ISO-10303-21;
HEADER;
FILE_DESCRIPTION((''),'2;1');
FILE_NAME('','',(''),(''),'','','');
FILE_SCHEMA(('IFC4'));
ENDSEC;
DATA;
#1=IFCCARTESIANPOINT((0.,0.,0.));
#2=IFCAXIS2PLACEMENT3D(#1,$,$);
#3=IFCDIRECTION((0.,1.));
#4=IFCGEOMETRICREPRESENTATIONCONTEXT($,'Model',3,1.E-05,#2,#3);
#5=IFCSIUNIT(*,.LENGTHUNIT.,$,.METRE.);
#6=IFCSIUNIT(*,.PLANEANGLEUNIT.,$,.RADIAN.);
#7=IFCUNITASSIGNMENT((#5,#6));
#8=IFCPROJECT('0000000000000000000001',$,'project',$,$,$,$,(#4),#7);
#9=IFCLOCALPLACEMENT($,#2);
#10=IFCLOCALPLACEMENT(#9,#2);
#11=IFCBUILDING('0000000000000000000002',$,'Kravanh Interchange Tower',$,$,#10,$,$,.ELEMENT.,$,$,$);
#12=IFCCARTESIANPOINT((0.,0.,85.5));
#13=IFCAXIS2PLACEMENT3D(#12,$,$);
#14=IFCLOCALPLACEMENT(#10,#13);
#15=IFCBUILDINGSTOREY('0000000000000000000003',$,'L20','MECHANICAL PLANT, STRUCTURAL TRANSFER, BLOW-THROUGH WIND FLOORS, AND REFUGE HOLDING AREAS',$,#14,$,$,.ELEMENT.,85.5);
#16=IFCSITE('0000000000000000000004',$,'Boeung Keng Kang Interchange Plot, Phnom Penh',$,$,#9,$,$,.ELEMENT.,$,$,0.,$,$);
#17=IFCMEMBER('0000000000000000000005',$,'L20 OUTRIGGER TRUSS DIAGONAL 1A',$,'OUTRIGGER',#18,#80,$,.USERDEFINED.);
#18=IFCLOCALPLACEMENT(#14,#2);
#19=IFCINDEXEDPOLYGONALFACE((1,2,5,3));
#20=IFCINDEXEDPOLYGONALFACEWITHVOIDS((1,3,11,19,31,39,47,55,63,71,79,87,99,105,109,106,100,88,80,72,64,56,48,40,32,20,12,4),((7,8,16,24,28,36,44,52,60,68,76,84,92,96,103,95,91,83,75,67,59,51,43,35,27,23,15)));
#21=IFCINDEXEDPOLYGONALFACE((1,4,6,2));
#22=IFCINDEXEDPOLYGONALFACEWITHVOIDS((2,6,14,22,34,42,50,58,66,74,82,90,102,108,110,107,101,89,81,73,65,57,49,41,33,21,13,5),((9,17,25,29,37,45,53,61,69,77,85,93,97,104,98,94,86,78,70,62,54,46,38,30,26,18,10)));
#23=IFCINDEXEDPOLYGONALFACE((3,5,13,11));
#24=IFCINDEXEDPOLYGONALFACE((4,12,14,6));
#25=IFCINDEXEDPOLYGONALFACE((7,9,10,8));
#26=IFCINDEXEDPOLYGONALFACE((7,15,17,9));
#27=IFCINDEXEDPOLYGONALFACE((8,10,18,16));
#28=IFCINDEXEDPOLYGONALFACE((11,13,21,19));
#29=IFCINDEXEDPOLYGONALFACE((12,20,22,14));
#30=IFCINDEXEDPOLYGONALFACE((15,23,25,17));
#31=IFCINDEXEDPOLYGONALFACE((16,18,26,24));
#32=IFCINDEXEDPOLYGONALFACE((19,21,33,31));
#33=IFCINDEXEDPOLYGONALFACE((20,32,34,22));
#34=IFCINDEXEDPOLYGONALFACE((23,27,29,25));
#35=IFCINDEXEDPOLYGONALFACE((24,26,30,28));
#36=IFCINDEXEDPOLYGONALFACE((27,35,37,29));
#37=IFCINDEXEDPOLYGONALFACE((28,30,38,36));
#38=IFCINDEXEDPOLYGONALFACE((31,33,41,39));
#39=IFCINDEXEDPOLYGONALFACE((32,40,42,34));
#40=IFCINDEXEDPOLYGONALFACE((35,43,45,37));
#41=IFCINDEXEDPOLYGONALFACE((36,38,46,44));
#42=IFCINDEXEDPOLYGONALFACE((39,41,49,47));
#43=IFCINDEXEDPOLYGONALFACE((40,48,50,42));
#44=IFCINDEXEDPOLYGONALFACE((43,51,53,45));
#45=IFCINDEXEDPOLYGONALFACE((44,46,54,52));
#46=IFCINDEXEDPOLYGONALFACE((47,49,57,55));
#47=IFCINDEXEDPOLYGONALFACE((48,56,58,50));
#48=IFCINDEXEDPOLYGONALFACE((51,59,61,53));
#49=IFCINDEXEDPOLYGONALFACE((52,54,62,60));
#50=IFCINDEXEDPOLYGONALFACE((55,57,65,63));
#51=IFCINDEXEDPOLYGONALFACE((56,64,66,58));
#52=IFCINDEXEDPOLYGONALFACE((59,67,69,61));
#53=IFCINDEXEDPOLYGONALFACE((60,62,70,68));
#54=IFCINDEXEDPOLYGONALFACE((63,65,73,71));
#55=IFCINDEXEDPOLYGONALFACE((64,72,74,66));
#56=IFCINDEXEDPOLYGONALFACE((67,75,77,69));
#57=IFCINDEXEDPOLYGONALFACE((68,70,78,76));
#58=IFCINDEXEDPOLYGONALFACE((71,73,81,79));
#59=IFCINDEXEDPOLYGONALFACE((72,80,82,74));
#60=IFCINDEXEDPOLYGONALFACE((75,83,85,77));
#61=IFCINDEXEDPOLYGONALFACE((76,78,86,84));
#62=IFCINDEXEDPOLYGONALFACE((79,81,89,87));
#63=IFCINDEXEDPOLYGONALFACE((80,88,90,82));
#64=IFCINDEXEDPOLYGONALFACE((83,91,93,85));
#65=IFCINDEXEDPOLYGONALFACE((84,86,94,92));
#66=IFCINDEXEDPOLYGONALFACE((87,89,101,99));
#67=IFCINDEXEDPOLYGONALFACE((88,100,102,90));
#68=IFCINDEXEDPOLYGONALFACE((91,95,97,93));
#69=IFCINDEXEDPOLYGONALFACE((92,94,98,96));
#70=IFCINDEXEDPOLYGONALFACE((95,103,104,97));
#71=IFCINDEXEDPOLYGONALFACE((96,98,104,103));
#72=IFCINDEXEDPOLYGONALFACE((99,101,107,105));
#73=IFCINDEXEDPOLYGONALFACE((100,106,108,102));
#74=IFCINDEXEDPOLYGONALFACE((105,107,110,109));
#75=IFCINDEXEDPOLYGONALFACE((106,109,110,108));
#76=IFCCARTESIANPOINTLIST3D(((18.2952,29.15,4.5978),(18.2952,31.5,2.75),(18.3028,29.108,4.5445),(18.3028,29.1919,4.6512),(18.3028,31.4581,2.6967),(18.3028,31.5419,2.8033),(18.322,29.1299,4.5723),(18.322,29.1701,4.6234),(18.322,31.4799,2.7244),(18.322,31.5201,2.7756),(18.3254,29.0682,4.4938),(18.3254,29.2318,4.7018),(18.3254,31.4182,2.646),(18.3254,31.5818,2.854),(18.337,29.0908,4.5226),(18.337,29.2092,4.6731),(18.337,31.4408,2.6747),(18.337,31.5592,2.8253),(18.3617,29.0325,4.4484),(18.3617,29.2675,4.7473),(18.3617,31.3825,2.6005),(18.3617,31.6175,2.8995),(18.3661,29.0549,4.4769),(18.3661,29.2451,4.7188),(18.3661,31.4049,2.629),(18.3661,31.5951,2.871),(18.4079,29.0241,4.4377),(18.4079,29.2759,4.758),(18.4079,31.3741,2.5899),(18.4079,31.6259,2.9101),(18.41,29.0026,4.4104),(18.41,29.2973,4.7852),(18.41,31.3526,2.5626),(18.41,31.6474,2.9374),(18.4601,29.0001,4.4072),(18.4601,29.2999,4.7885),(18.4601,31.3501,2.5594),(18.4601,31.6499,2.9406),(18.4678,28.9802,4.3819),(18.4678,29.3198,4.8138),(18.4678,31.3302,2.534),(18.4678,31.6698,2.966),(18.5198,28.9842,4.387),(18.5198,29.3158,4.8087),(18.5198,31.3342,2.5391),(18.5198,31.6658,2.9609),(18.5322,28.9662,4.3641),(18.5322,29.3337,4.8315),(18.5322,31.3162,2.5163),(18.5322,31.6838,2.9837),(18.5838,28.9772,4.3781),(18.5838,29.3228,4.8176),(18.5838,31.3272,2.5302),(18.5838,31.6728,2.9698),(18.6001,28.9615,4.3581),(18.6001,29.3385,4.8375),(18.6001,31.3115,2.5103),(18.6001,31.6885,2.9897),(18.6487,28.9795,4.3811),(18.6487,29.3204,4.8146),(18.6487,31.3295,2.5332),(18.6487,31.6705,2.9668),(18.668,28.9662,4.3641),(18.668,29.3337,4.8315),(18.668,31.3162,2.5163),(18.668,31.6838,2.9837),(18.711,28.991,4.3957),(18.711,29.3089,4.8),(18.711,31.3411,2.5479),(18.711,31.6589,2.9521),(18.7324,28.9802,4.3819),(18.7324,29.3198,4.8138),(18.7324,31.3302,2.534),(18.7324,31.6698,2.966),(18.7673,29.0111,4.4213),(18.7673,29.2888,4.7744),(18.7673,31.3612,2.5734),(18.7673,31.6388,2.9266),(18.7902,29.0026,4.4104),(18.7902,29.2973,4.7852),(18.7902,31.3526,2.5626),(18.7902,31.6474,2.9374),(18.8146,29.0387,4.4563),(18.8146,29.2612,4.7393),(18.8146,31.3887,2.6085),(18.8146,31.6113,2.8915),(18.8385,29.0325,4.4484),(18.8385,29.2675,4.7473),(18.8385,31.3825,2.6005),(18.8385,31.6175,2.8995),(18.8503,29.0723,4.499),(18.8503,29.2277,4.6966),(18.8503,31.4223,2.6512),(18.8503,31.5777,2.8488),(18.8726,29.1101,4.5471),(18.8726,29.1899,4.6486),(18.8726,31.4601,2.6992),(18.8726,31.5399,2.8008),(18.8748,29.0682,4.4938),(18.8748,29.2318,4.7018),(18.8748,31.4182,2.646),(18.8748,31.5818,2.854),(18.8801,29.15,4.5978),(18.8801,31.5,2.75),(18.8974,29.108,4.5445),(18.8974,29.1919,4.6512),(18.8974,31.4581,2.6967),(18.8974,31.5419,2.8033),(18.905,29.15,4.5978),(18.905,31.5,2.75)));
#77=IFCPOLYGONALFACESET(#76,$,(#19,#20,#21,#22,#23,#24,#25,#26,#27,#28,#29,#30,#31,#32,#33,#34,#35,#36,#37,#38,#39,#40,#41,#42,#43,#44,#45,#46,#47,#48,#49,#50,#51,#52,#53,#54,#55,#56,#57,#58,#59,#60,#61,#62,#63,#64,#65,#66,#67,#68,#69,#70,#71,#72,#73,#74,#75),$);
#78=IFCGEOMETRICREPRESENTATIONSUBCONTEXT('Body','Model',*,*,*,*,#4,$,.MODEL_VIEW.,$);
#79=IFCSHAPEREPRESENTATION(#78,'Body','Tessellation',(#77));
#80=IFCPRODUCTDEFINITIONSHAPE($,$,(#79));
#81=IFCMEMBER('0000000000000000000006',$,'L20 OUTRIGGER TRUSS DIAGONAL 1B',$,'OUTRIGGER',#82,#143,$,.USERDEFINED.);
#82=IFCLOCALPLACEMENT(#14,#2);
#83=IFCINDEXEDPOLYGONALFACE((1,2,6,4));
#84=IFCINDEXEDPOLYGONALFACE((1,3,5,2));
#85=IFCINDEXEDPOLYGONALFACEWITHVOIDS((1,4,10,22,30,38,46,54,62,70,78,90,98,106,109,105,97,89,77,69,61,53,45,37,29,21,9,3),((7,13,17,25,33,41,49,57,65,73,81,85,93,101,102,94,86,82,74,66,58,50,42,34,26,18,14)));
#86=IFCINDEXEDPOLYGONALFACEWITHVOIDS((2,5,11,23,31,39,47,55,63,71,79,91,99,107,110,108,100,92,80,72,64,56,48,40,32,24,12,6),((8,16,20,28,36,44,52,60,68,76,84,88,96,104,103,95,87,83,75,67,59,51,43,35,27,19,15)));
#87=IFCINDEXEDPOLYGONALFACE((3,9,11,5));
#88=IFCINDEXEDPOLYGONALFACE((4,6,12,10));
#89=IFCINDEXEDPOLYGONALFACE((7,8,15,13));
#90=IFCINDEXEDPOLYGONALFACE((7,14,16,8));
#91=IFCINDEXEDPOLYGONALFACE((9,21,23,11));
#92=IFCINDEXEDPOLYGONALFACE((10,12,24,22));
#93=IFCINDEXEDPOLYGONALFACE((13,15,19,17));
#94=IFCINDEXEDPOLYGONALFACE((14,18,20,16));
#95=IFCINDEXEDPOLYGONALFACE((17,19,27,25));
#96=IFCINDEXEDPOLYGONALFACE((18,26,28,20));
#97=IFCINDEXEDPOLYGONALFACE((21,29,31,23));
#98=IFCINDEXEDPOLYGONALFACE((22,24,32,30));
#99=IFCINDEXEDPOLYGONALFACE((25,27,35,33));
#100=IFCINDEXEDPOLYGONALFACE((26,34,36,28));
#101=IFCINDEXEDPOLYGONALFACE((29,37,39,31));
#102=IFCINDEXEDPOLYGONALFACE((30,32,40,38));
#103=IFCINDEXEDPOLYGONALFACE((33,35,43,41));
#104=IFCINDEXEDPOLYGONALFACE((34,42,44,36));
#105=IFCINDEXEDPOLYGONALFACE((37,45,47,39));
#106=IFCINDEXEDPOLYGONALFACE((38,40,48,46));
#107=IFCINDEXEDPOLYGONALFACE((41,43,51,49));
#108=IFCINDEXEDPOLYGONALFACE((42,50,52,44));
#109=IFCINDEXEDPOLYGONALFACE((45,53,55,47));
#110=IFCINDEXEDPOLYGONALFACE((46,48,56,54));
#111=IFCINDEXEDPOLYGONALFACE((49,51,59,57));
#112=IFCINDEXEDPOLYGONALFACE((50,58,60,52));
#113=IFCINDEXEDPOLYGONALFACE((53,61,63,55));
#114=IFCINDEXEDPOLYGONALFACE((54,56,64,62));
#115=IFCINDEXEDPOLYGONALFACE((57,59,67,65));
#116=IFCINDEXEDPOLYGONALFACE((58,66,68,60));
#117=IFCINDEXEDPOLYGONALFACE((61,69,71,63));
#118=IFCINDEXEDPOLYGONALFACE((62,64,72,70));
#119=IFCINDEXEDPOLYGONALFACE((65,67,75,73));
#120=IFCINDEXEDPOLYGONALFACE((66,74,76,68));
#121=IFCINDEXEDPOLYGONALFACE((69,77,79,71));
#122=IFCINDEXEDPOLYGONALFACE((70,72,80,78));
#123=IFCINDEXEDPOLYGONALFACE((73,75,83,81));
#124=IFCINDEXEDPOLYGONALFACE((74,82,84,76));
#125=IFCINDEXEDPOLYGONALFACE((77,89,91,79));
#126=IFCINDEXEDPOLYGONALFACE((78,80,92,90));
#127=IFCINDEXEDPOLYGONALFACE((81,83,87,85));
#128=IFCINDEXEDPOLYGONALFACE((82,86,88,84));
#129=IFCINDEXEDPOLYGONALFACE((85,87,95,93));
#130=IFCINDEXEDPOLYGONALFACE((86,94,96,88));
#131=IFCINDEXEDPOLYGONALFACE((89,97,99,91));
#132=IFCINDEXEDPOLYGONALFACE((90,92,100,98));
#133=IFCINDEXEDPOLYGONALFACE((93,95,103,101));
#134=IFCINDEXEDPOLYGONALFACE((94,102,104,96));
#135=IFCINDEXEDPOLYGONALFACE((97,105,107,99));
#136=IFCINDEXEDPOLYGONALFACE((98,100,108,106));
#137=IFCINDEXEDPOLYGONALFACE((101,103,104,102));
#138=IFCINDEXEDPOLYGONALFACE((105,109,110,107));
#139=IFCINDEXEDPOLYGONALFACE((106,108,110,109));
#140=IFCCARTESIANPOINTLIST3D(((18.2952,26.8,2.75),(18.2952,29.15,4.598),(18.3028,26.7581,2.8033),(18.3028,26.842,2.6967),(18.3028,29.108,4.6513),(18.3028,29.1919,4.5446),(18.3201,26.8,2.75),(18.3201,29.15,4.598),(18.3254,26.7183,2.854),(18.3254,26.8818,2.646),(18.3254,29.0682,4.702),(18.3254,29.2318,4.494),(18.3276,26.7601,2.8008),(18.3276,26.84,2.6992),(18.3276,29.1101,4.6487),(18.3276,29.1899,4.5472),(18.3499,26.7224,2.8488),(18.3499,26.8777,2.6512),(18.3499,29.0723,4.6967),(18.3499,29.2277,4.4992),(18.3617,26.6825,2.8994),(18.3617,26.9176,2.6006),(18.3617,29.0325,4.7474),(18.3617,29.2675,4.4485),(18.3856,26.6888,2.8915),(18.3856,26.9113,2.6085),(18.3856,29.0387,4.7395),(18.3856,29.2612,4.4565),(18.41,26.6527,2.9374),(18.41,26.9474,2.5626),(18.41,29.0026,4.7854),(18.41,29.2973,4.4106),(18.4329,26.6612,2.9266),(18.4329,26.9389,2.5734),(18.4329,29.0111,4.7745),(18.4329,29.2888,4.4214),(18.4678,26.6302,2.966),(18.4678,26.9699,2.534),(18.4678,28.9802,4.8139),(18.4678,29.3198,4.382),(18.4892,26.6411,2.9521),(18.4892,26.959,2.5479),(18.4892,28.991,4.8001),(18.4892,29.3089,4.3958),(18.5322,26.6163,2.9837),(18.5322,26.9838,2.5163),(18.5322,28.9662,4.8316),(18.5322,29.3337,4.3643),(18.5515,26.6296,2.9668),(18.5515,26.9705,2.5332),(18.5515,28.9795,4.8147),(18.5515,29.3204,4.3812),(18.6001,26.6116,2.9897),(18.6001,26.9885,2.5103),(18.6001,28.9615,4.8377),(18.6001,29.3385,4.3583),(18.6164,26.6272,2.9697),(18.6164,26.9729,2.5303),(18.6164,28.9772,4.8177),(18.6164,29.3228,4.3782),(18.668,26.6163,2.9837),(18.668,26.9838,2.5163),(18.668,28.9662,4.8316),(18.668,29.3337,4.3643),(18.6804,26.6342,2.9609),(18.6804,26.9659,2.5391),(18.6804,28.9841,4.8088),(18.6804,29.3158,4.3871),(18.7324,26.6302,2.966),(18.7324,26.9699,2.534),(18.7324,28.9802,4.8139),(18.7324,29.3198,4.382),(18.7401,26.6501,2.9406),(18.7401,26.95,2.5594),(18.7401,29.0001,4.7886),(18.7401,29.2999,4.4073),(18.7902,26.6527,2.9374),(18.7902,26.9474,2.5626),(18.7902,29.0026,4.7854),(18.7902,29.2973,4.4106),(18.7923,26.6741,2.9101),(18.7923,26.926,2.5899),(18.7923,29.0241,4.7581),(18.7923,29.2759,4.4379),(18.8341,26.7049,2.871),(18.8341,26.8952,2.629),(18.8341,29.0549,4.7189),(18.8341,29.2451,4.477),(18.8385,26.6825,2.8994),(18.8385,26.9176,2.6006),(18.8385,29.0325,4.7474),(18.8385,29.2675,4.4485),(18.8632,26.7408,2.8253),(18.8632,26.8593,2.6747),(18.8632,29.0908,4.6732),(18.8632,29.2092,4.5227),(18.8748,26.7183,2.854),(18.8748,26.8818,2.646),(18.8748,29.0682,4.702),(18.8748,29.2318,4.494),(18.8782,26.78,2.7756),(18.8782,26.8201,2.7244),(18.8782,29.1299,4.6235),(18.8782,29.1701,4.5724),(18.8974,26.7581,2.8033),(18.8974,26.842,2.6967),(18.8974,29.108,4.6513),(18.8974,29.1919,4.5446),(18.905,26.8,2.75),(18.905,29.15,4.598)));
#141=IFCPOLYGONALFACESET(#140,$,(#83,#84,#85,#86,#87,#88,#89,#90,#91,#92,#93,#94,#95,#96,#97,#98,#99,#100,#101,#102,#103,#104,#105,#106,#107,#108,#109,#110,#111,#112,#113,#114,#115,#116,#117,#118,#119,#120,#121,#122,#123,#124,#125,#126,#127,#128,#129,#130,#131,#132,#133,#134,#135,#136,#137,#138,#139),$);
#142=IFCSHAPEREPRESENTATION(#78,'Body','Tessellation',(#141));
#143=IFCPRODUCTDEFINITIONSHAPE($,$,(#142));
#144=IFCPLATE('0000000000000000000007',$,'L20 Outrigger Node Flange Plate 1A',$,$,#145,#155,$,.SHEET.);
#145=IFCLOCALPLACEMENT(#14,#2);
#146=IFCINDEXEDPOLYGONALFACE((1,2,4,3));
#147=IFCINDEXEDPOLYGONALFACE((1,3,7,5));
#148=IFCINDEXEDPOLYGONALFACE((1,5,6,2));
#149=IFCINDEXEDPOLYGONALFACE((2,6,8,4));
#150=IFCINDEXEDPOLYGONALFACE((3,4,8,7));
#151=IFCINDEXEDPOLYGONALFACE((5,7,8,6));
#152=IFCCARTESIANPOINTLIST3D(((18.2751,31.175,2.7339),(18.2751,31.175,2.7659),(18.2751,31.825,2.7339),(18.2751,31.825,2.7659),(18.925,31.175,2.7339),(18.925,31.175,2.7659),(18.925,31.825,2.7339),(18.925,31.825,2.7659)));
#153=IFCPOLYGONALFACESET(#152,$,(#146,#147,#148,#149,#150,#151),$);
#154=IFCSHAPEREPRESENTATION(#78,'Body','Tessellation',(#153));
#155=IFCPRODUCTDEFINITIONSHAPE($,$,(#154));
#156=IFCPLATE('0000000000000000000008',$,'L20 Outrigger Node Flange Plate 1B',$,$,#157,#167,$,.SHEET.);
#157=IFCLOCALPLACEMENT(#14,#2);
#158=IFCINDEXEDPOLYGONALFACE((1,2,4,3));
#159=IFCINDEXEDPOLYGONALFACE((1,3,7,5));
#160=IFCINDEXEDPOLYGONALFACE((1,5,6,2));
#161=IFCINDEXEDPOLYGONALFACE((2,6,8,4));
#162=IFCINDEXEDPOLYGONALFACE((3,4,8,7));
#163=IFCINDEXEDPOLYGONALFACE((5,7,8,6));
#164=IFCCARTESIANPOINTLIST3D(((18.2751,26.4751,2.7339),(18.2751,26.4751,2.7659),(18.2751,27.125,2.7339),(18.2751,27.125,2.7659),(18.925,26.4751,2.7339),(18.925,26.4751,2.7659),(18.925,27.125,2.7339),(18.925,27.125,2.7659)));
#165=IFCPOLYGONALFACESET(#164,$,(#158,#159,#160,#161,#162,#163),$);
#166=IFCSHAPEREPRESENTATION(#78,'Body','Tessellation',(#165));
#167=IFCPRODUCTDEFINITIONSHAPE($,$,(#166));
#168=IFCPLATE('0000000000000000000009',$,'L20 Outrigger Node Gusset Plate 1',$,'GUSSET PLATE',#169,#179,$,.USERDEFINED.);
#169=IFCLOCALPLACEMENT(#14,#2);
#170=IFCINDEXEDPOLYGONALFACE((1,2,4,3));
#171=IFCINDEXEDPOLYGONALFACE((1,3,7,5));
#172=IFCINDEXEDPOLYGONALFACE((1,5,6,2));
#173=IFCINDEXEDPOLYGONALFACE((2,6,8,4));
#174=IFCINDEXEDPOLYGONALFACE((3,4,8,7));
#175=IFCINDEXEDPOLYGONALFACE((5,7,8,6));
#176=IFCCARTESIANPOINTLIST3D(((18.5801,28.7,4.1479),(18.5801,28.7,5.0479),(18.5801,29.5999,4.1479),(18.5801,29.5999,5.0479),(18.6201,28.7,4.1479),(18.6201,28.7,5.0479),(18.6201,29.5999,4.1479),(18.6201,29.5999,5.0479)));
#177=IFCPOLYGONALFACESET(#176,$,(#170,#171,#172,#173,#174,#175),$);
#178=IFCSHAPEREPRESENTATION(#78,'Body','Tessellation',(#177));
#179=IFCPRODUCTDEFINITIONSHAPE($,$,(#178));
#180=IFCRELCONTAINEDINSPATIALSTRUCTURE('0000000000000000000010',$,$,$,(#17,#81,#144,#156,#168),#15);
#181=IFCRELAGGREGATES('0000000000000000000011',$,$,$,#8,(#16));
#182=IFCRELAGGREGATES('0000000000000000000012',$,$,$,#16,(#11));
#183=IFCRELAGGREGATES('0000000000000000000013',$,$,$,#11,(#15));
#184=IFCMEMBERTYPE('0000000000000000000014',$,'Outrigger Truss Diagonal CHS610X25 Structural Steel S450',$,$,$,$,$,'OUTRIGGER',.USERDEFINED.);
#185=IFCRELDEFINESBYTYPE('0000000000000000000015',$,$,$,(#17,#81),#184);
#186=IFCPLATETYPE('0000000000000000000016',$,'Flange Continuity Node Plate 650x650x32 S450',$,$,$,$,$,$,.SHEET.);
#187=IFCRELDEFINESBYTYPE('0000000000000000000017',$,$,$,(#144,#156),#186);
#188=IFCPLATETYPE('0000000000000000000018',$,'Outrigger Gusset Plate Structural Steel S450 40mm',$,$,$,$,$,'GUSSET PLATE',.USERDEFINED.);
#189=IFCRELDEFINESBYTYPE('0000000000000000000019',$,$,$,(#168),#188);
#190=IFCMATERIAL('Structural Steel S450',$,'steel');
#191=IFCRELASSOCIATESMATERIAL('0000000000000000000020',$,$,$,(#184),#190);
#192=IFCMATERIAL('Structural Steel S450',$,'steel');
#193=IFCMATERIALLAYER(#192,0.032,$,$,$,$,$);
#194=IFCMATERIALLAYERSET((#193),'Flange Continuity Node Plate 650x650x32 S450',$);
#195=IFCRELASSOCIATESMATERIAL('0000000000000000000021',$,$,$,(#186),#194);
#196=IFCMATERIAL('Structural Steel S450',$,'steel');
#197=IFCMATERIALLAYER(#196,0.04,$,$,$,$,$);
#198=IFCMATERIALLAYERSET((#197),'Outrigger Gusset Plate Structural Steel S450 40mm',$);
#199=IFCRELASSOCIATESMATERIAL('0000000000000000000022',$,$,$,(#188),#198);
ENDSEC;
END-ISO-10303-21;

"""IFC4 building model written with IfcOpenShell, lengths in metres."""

from ifc_helpers import new_model, si_unit, direction, frame, origin, origin_2d, place, context, subcontext, project, spatial, rectangle, hollow_circle, extrude, material, layer, layer_set, material_profile, profile_set, type_object, element, save


model = new_model("IFC4")

# Units and contexts
model_context = context("Model", 3, precision=1e-05, world=origin(), true_north=direction((0.0, 1.0)))
body_context = subcontext(model_context, "Body", "Model", "MODEL_VIEW")
ifc_project = project(units=[si_unit("LENGTHUNIT", "METRE"), si_unit("PLANEANGLEUNIT", "RADIAN")], contexts=[model_context])

# Site, building, storey
site_placement = place(None, origin())
site = spatial("IfcSite", under=ifc_project, at=site_placement, Name="Boeung Keng Kang Interchange Plot, Phnom Penh", CompositionType="ELEMENT", RefElevation=0.0)
building_placement = place(site_placement, origin())
building = spatial("IfcBuilding", under=site, at=building_placement, Name="Kravanh Interchange Tower", CompositionType="ELEMENT")
storey_placement = place(building_placement, frame((0.0, 0.0, 85.5)))
storey = spatial("IfcBuildingStorey", under=building, at=storey_placement, Name="L20", Description="MECHANICAL PLANT, STRUCTURAL TRANSFER, BLOW-THROUGH WIND FLOORS, AND REFUGE HOLDING AREAS", CompositionType="ELEMENT", Elevation=85.5)

# Members
ifc_material_1 = material(Name="Structural Steel S450", Category="steel")
ifc_material_profile_1 = material_profile(ifc_material_1, hollow_circle(Radius=0.3049, WallThickness=0.0249, at=origin_2d()), Name="CHS610X25")
ifc_profile_set_1 = profile_set([ifc_material_profile_1], Name="Structural Steel S450")
member_type_1 = type_object("IfcMemberType", Name="Outrigger Truss Diagonal CHS610X25 Structural Steel S450", ElementType="OUTRIGGER", PredefinedType="USERDEFINED", material=ifc_profile_set_1)
for number, where, z_axis, x_axis, name in (
    (1, (18.6001, 31.5, 2.75), (0.0, -0.786092, 0.61811), (1.0, 0.0, 0.0), "L20 OUTRIGGER TRUSS DIAGONAL 1A"),
    (2, (18.6001, 26.8, 2.75), (0.0, 0.78606, 0.61815), (-1.0, 0.0, 0.0), "L20 OUTRIGGER TRUSS DIAGONAL 1B"),
):
    element("IfcMember", number, at=place(storey_placement, frame(where, z_axis=z_axis, x_axis=x_axis)), inside=storey, type_object=member_type_1, Name=name, ObjectType="OUTRIGGER", PredefinedType="USERDEFINED", context=body_context, shape_type="SweptSolid", body=[
        extrude(hollow_circle(Radius=0.3049, WallThickness=0.0249, at=origin_2d()), origin(), (0.0, 0.0, 1.0), 2.9895),
    ])

# Plates
ifc_material_2 = material(Name="Structural Steel S450", Category="steel")
ifc_layer_1 = layer(ifc_material_2, 0.032)
ifc_layer_set_1 = layer_set([ifc_layer_1], Name="Flange Continuity Node Plate 650x650x32 S450")
plate_type_1 = type_object("IfcPlateType", Name="Flange Continuity Node Plate 650x650x32 S450", PredefinedType="SHEET", material=ifc_layer_set_1)
for number, where, z_axis, x_axis, name in (
    (3, (18.6001, 31.5, 2.7339), (0.0, 0.0, 1.0), (1.0, 0.0, 0.0), "L20 Outrigger Node Flange Plate 1A"),
    (4, (18.6001, 26.8, 2.7339), (0.0, 0.0, 1.0), (1.0, 0.0, 0.0), "L20 Outrigger Node Flange Plate 1B"),
):
    element("IfcPlate", number, at=place(storey_placement, frame(where, z_axis=z_axis, x_axis=x_axis)), inside=storey, type_object=plate_type_1, Name=name, PredefinedType="SHEET", context=body_context, shape_type="SweptSolid", body=[
        extrude(rectangle(XDim=0.6499, YDim=0.6499, at=origin_2d()), origin(), (0.0, 0.0, 1.0), 0.032),
    ])
ifc_material_3 = material(Name="Structural Steel S450", Category="steel")
ifc_layer_2 = layer(ifc_material_3, 0.04)
ifc_layer_set_2 = layer_set([ifc_layer_2], Name="Outrigger Gusset Plate Structural Steel S450 40mm")
plate_type_2 = type_object("IfcPlateType", Name="Outrigger Gusset Plate Structural Steel S450 40mm", ElementType="GUSSET PLATE", PredefinedType="USERDEFINED", material=ifc_layer_set_2)
plate_placement = place(storey_placement, frame((18.6001, 29.1499, 4.1479), z_axis=(0.0, 0.0, 1.0), x_axis=(0.0, -1.0, 0.0)))
element("IfcPlate", 5, at=plate_placement, inside=storey, type_object=plate_type_2, Name="L20 Outrigger Node Gusset Plate 1", ObjectType="GUSSET PLATE", PredefinedType="USERDEFINED", context=body_context, shape_type="SweptSolid", body=[
    extrude(rectangle(XDim=0.8999, YDim=0.04, at=origin_2d()), origin(), (0.0, 0.0, 1.0), 0.8999),
])

save(model, "model.ifc")
